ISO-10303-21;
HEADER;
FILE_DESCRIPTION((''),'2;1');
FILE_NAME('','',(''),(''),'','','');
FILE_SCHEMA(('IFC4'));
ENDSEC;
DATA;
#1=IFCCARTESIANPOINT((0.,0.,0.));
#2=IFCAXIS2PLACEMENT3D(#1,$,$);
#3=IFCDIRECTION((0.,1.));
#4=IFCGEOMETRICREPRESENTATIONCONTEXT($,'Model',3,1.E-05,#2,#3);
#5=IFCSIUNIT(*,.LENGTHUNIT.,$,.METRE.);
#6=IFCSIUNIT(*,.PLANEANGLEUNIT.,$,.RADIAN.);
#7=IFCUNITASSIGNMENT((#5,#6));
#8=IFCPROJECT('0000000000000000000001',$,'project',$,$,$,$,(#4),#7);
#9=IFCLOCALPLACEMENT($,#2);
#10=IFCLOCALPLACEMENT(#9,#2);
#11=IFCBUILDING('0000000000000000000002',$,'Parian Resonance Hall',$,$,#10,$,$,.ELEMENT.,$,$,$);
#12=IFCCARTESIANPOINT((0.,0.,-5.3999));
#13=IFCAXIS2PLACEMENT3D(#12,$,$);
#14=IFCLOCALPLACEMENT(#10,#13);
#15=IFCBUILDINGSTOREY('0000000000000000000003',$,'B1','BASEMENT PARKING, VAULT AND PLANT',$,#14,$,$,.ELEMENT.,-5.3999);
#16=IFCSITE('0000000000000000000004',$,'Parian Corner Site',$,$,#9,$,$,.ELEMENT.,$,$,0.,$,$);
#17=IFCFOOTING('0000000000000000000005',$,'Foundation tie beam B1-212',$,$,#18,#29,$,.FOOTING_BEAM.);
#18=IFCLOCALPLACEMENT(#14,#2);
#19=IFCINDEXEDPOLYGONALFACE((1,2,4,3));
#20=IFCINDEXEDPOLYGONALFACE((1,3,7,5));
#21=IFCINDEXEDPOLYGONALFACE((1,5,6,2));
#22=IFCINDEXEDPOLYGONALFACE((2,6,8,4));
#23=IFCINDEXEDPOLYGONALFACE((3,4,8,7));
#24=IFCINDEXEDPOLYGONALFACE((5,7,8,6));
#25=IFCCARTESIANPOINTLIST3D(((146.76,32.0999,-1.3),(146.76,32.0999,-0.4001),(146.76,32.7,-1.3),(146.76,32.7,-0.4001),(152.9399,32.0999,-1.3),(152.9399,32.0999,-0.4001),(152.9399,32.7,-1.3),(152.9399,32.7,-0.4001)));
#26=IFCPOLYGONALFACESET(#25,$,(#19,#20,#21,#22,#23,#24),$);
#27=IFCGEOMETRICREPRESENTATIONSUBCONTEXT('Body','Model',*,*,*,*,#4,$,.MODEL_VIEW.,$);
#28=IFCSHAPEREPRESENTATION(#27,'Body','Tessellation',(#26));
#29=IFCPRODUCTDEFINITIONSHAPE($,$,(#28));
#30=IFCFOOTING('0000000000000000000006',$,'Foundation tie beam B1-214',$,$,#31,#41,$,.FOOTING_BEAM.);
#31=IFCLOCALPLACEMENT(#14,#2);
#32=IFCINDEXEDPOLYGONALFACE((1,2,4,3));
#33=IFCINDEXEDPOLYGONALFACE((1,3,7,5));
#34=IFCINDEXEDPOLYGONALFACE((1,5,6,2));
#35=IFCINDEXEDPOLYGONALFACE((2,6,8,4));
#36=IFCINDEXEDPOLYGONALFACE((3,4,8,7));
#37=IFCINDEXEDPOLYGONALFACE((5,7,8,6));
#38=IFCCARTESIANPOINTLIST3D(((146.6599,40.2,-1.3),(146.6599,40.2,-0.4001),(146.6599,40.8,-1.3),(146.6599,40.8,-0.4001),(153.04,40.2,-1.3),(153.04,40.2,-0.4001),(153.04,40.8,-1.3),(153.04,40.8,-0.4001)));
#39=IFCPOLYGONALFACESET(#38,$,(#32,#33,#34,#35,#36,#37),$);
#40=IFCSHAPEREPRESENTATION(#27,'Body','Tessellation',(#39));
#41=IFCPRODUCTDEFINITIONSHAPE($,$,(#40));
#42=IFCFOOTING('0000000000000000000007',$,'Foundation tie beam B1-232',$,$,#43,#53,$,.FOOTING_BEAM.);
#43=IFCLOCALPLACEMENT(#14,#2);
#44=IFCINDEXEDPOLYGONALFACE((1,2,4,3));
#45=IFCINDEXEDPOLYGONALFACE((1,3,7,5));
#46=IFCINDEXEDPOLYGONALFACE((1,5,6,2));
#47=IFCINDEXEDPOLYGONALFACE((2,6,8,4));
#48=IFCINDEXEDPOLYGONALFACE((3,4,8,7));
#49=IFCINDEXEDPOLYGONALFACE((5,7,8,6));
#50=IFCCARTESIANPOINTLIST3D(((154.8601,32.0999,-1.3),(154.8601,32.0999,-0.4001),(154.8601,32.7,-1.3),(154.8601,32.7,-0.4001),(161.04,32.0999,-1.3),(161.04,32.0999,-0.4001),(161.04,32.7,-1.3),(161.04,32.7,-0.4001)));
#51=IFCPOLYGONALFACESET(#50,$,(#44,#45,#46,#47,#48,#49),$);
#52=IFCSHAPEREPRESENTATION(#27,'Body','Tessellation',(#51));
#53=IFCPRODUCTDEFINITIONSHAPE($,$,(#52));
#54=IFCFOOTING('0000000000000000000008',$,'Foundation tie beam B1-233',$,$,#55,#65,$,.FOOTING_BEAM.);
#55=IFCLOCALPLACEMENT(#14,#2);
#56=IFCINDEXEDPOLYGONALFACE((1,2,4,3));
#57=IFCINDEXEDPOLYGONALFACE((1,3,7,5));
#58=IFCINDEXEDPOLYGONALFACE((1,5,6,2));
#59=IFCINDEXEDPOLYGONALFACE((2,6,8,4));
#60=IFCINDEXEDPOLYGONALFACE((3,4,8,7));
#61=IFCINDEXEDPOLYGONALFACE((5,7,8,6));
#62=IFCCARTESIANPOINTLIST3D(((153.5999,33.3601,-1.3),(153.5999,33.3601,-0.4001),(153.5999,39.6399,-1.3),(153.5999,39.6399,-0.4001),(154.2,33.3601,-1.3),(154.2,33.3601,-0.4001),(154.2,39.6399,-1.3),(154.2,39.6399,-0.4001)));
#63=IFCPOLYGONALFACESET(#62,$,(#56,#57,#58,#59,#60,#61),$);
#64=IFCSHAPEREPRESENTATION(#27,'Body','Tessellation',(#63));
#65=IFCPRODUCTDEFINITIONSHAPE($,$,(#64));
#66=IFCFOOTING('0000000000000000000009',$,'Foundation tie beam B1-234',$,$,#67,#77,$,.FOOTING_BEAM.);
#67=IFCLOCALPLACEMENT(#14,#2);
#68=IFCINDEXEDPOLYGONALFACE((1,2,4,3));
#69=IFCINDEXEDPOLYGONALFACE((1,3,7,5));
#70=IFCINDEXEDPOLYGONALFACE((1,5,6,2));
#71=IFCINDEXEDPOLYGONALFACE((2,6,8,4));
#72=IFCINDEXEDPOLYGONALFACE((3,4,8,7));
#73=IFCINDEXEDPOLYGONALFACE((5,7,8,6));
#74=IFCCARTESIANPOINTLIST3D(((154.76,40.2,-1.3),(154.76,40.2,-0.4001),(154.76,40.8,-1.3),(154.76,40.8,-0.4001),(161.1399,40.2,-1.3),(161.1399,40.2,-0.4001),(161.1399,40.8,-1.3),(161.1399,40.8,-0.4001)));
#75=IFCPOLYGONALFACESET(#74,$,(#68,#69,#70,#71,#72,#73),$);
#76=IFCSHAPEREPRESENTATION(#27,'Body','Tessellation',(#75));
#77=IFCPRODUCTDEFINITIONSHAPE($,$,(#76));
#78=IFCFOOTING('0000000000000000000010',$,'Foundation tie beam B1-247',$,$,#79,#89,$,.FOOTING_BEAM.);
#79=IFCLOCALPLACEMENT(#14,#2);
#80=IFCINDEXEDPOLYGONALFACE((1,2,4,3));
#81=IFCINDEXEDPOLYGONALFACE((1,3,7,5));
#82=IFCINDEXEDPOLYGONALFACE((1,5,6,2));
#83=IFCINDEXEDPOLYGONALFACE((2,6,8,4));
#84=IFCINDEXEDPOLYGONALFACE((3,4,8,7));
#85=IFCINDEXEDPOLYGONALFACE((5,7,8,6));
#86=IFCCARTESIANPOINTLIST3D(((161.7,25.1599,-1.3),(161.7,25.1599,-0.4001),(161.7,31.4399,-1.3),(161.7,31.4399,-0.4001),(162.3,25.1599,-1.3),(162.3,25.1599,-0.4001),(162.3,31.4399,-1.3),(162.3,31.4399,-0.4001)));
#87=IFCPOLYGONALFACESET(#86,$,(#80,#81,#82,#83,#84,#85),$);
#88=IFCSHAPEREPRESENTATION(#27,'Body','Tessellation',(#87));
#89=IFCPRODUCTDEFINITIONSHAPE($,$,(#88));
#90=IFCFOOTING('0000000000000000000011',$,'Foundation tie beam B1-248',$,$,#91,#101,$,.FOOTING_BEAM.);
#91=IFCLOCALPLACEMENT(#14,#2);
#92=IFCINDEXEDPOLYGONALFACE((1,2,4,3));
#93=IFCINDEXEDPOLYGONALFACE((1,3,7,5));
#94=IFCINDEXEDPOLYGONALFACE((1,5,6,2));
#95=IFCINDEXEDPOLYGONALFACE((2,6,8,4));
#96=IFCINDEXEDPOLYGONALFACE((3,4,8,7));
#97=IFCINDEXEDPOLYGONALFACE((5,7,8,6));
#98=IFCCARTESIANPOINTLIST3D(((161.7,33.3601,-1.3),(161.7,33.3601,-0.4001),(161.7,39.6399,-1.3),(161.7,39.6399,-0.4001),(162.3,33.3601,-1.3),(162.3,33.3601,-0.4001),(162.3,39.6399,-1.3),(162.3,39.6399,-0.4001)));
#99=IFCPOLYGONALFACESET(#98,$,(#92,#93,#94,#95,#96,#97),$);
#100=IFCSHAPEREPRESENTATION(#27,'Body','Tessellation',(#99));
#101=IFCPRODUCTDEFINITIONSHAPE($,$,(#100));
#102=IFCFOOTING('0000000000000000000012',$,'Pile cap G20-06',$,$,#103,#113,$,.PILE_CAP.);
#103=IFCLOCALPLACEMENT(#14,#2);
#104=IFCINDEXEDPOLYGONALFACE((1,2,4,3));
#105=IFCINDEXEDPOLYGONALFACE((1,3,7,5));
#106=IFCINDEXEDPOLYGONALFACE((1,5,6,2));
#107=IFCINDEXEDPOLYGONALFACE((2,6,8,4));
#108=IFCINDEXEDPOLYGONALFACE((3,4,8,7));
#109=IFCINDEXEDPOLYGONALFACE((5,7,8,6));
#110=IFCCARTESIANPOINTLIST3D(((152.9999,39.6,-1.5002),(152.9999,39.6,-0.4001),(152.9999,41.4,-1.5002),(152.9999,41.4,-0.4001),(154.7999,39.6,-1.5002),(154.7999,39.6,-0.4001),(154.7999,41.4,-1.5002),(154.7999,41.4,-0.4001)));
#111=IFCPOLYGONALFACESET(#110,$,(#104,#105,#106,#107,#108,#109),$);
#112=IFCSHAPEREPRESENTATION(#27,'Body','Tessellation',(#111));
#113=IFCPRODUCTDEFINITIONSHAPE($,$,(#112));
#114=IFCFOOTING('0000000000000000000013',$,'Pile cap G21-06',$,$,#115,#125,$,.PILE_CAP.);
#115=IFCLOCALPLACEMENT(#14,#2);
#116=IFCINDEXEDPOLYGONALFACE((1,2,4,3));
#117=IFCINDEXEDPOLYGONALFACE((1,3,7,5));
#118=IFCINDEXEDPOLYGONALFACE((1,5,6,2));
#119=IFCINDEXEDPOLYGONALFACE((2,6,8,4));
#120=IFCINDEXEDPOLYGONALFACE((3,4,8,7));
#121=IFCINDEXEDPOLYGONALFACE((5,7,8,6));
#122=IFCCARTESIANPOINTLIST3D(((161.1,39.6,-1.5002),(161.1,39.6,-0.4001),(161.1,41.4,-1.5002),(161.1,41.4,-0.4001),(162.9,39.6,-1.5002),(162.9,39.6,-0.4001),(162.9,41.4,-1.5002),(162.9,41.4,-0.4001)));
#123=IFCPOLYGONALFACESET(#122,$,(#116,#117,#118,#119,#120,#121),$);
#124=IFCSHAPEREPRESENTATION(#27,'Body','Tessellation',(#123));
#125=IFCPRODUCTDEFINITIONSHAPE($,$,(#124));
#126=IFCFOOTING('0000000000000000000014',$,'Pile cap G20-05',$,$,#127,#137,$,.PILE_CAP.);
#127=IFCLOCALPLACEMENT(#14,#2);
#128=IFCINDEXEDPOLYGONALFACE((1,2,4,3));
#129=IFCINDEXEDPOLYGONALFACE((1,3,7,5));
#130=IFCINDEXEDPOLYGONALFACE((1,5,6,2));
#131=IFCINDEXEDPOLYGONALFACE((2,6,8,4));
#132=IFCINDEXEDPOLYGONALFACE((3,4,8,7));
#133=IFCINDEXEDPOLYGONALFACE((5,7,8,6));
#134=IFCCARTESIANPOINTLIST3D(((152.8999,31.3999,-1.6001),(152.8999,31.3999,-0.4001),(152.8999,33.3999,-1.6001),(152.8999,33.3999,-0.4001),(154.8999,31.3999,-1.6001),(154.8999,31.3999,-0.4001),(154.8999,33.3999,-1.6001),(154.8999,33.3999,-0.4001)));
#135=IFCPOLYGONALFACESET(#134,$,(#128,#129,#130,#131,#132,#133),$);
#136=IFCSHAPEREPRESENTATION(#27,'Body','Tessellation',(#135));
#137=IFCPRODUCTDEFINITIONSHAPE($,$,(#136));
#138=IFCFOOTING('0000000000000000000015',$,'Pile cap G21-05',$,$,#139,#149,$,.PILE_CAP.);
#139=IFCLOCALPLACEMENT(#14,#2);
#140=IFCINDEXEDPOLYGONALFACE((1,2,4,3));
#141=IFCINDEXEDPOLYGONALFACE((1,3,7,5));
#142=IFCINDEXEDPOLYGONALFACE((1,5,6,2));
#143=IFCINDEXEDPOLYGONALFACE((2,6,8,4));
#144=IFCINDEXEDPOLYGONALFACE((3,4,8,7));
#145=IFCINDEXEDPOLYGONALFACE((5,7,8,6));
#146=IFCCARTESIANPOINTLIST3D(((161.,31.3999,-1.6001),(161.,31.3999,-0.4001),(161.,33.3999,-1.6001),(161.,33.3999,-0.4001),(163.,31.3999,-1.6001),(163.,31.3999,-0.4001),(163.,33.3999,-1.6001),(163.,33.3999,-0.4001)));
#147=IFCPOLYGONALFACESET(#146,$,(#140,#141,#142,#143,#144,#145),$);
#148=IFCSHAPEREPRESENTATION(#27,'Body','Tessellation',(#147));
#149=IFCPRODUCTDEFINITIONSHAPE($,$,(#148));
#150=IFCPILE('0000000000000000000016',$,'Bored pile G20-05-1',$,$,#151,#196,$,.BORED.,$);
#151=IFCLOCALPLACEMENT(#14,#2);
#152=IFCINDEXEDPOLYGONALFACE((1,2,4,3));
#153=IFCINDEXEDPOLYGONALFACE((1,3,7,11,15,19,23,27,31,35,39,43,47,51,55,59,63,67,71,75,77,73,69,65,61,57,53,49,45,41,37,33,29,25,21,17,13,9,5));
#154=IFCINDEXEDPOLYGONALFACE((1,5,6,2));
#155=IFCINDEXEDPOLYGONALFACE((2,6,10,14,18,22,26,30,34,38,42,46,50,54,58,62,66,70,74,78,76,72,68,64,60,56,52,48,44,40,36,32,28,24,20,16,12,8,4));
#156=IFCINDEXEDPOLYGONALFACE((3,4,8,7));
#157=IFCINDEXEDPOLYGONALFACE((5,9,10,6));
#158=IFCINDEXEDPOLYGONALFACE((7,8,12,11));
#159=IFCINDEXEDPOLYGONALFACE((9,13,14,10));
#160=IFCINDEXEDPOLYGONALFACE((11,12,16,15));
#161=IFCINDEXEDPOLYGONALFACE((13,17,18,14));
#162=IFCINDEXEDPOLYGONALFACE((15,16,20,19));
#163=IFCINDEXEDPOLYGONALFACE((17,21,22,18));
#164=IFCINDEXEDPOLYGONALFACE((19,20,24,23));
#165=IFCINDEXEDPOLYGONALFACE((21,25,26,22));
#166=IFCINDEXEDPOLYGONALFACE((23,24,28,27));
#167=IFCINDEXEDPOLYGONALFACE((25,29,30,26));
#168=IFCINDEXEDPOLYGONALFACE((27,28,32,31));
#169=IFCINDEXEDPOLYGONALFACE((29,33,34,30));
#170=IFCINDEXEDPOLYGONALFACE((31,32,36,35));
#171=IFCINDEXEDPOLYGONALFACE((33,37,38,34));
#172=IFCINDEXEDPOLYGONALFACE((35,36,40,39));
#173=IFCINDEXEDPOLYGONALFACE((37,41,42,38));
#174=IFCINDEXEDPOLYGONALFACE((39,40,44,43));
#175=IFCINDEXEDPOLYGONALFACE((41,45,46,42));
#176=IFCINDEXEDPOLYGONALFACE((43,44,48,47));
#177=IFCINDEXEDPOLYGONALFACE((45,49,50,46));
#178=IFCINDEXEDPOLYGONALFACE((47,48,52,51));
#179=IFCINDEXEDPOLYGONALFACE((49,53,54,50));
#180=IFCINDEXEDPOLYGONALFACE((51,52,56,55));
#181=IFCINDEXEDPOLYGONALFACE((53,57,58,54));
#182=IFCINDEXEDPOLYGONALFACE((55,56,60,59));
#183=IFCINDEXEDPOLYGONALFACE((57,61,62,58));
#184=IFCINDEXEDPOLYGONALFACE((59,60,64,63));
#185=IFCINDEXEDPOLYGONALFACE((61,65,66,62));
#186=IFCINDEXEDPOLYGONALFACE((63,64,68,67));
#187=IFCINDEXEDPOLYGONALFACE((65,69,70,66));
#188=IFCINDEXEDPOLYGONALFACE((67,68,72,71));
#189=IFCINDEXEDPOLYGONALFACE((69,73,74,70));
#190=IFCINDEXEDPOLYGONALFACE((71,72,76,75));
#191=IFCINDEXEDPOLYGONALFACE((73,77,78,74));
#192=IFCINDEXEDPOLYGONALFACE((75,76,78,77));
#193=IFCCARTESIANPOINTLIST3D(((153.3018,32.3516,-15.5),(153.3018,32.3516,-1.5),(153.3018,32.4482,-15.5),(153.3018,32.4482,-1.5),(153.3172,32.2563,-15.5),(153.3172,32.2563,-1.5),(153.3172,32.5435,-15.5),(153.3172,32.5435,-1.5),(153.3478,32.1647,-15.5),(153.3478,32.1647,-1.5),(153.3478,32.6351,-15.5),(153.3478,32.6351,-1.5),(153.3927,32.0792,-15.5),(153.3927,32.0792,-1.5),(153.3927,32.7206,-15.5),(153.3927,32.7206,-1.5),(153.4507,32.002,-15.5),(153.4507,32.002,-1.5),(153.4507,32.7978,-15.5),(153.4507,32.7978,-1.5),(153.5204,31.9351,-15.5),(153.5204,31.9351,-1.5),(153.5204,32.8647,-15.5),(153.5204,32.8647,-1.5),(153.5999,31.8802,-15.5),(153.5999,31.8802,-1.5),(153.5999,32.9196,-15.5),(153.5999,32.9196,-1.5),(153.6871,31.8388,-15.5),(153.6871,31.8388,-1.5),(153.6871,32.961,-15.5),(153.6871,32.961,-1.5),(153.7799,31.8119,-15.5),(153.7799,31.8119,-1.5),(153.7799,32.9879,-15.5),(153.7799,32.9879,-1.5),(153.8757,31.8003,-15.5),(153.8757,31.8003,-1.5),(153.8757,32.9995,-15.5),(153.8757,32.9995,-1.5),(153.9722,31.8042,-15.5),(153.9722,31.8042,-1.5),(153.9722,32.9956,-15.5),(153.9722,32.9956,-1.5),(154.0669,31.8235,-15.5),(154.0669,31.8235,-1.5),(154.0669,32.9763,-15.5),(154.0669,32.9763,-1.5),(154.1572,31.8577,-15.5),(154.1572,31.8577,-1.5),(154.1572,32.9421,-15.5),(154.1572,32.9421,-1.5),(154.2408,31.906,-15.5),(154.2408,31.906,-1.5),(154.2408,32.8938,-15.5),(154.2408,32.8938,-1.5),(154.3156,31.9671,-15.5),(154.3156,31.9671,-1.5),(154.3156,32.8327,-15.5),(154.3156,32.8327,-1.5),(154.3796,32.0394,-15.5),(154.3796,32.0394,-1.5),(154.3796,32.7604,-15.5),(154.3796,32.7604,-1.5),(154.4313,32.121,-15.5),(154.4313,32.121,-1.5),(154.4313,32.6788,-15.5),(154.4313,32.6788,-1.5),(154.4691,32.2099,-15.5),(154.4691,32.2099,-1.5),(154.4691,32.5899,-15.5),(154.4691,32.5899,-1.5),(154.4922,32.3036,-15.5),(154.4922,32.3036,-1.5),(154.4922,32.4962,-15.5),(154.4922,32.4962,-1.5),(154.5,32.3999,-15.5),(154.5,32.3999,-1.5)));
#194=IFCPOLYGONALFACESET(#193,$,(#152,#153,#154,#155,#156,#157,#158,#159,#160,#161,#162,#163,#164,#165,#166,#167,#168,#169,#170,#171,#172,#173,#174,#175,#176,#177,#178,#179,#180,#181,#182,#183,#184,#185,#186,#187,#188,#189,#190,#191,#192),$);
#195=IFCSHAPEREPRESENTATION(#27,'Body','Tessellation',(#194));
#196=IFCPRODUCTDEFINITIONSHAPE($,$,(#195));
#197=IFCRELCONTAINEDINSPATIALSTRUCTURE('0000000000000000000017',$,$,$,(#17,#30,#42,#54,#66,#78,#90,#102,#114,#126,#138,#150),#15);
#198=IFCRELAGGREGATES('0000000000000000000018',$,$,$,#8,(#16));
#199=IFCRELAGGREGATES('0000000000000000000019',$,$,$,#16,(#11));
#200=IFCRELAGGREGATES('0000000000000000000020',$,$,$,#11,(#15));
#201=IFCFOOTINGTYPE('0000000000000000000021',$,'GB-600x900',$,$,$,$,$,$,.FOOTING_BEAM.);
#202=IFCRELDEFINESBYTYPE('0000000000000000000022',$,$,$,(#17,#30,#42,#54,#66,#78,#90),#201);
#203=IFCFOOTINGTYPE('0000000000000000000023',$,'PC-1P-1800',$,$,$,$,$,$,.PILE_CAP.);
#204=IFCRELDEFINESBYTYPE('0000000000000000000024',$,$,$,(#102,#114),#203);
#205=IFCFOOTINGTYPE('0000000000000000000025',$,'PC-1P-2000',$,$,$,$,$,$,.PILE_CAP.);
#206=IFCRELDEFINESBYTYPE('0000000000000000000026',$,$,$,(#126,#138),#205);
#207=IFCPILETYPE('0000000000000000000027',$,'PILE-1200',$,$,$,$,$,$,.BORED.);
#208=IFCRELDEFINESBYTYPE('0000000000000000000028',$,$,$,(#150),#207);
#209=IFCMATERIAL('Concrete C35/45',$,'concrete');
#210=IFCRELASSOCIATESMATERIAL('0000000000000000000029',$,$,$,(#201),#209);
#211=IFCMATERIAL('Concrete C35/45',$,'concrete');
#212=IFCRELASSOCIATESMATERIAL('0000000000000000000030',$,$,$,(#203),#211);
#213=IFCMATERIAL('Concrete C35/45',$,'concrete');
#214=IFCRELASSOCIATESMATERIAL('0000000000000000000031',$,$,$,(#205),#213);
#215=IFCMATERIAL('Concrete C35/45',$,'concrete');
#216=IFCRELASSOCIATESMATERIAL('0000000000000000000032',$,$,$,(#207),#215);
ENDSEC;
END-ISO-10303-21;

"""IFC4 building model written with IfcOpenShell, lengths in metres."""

from ifc_helpers import new_model, si_unit, direction, frame, origin, origin_2d, place, context, subcontext, project, spatial, rectangle, circle, extrude, material, material_profile, profile_set, type_object, element, save


model = new_model("IFC4")

# Units and contexts
model_context = context("Model", 3, precision=1e-05, world=origin(), true_north=direction((0.0, 1.0)))
body_context = subcontext(model_context, "Body", "Model", "MODEL_VIEW")
ifc_project = project(units=[si_unit("LENGTHUNIT", "METRE"), si_unit("PLANEANGLEUNIT", "RADIAN")], contexts=[model_context])

# Site, building, storey
site_placement = place(None, origin())
site = spatial("IfcSite", under=ifc_project, at=site_placement, Name="Parian Corner Site", CompositionType="ELEMENT", RefElevation=0.0)
building_placement = place(site_placement, origin())
building = spatial("IfcBuilding", under=site, at=building_placement, Name="Parian Resonance Hall", CompositionType="ELEMENT")
storey_placement = place(building_placement, frame((0.0, 0.0, -5.3999)))
storey = spatial("IfcBuildingStorey", under=building, at=storey_placement, Name="B1", Description="BASEMENT PARKING, VAULT AND PLANT", CompositionType="ELEMENT", Elevation=-5.3999)

# Footings
ifc_material_1 = material(Name="Concrete C35/45", Category="concrete")
ifc_material_profile_1 = material_profile(ifc_material_1, rectangle(XDim=0.6001, YDim=0.8999, at=origin_2d()), Name="RC-GB-600x900")
ifc_profile_set_1 = profile_set([ifc_material_profile_1], Name="Concrete C35/45")
footing_type_1 = type_object("IfcFootingType", Name="GB-600x900", PredefinedType="FOOTING_BEAM", material=ifc_profile_set_1)
footing_1_placement = place(storey_placement, frame((146.76, 32.3999, -0.8501), z_axis=(1.0, 0.0, 0.0), x_axis=(0.0, 1.0, 0.0)))
element("IfcFooting", 1, at=footing_1_placement, inside=storey, type_object=footing_type_1, Name="Foundation tie beam B1-212", PredefinedType="FOOTING_BEAM", context=body_context, shape_type="SweptSolid", body=[
    extrude(rectangle(XDim=0.6001, YDim=0.8999, at=origin_2d()), origin(), (0.0, 0.0, 1.0), 6.1799),
])
footing_2_placement = place(storey_placement, frame((146.6599, 40.5, -0.8501), z_axis=(1.0, 0.0, 0.0), x_axis=(0.0, 1.0, 0.0)))
element("IfcFooting", 2, at=footing_2_placement, inside=storey, type_object=footing_type_1, Name="Foundation tie beam B1-214", PredefinedType="FOOTING_BEAM", context=body_context, shape_type="SweptSolid", body=[
    extrude(rectangle(XDim=0.6001, YDim=0.8999, at=origin_2d()), origin(), (0.0, 0.0, 1.0), 6.3801),
])
footing_3_placement = place(storey_placement, frame((154.8601, 32.3999, -0.8501), z_axis=(1.0, 0.0, 0.0), x_axis=(0.0, 1.0, 0.0)))
element("IfcFooting", 3, at=footing_3_placement, inside=storey, type_object=footing_type_1, Name="Foundation tie beam B1-232", PredefinedType="FOOTING_BEAM", context=body_context, shape_type="SweptSolid", body=[
    extrude(rectangle(XDim=0.6001, YDim=0.8999, at=origin_2d()), origin(), (0.0, 0.0, 1.0), 6.1799),
])
footing_4_placement = place(storey_placement, frame((153.8999, 33.3601, -0.8501), z_axis=(0.0, 1.0, 0.0), x_axis=(-1.0, 0.0, 0.0)))
element("IfcFooting", 4, at=footing_4_placement, inside=storey, type_object=footing_type_1, Name="Foundation tie beam B1-233", PredefinedType="FOOTING_BEAM", context=body_context, shape_type="SweptSolid", body=[
    extrude(rectangle(XDim=0.6001, YDim=0.8999, at=origin_2d()), origin(), (0.0, 0.0, 1.0), 6.2798),
])
footing_5_placement = place(storey_placement, frame((154.76, 40.5, -0.8501), z_axis=(1.0, 0.0, 0.0), x_axis=(0.0, 1.0, 0.0)))
element("IfcFooting", 5, at=footing_5_placement, inside=storey, type_object=footing_type_1, Name="Foundation tie beam B1-234", PredefinedType="FOOTING_BEAM", context=body_context, shape_type="SweptSolid", body=[
    extrude(rectangle(XDim=0.6001, YDim=0.8999, at=origin_2d()), origin(), (0.0, 0.0, 1.0), 6.3799),
])
footing_6_placement = place(storey_placement, frame((162.0, 25.1599, -0.8501), z_axis=(0.0, 1.0, 0.0), x_axis=(-1.0, 0.0, 0.0)))
element("IfcFooting", 6, at=footing_6_placement, inside=storey, type_object=footing_type_1, Name="Foundation tie beam B1-247", PredefinedType="FOOTING_BEAM", context=body_context, shape_type="SweptSolid", body=[
    extrude(rectangle(XDim=0.6001, YDim=0.8999, at=origin_2d()), origin(), (0.0, 0.0, 1.0), 6.28),
])
footing_7_placement = place(storey_placement, frame((162.0, 33.3601, -0.8501), z_axis=(0.0, 1.0, 0.0), x_axis=(-1.0, 0.0, 0.0)))
element("IfcFooting", 7, at=footing_7_placement, inside=storey, type_object=footing_type_1, Name="Foundation tie beam B1-248", PredefinedType="FOOTING_BEAM", context=body_context, shape_type="SweptSolid", body=[
    extrude(rectangle(XDim=0.6001, YDim=0.8999, at=origin_2d()), origin(), (0.0, 0.0, 1.0), 6.2798),
])
ifc_material_2 = material(Name="Concrete C35/45", Category="concrete")
footing_type_2 = type_object("IfcFootingType", Name="PC-1P-1800", PredefinedType="PILE_CAP", material=ifc_material_2)
for number, where, z_axis, x_axis, name in (
    (8, (153.8999, 40.5, -1.5002), (0.0, 0.0, 1.0), (1.0, 0.0, 0.0), "Pile cap G20-06"),
    (9, (162.0, 40.5, -1.5002), (0.0, 0.0, 1.0), (1.0, 0.0, 0.0), "Pile cap G21-06"),
):
    element("IfcFooting", number, at=place(storey_placement, frame(where, z_axis=z_axis, x_axis=x_axis)), inside=storey, type_object=footing_type_2, Name=name, PredefinedType="PILE_CAP", context=body_context, shape_type="SweptSolid", body=[
        extrude(rectangle(XDim=1.8, YDim=1.8, at=origin_2d()), origin(), (0.0, 0.0, 1.0), 1.1001),
    ])
ifc_material_3 = material(Name="Concrete C35/45", Category="concrete")
footing_type_3 = type_object("IfcFootingType", Name="PC-1P-2000", PredefinedType="PILE_CAP", material=ifc_material_3)
for number, where, z_axis, x_axis, name in (
    (10, (153.8999, 32.3999, -1.6001), (0.0, 0.0, 1.0), (1.0, 0.0, 0.0), "Pile cap G20-05"),
    (11, (162.0, 32.3999, -1.6001), (0.0, 0.0, 1.0), (1.0, 0.0, 0.0), "Pile cap G21-05"),
):
    element("IfcFooting", number, at=place(storey_placement, frame(where, z_axis=z_axis, x_axis=x_axis)), inside=storey, type_object=footing_type_3, Name=name, PredefinedType="PILE_CAP", context=body_context, shape_type="SweptSolid", body=[
        extrude(rectangle(XDim=2.0, YDim=2.0, at=origin_2d()), origin(), (0.0, 0.0, 1.0), 1.2),
    ])

# Pile
ifc_material_4 = material(Name="Concrete C35/45", Category="concrete")
ifc_material_profile_2 = material_profile(ifc_material_4, circle(Radius=0.6001, at=origin_2d()), Name="PILE-D1200")
ifc_profile_set_2 = profile_set([ifc_material_profile_2], Name="Concrete C35/45")
pile_type_1 = type_object("IfcPileType", Name="PILE-1200", PredefinedType="BORED", material=ifc_profile_set_2)
for number, where, z_axis, x_axis, name in (
    (12, (153.8999, 32.3999, -1.5), (0.0, 0.0, -1.0), (1.0, 0.0, 0.0), "Bored pile G20-05-1"),
):
    element("IfcPile", number, at=place(storey_placement, frame(where, z_axis=z_axis, x_axis=x_axis)), inside=storey, type_object=pile_type_1, Name=name, PredefinedType="BORED", context=body_context, shape_type="SweptSolid", body=[
        extrude(circle(Radius=0.6001, at=origin_2d()), origin(), (0.0, 0.0, 1.0), 14.0),
    ])

save(model, "model.ifc")
